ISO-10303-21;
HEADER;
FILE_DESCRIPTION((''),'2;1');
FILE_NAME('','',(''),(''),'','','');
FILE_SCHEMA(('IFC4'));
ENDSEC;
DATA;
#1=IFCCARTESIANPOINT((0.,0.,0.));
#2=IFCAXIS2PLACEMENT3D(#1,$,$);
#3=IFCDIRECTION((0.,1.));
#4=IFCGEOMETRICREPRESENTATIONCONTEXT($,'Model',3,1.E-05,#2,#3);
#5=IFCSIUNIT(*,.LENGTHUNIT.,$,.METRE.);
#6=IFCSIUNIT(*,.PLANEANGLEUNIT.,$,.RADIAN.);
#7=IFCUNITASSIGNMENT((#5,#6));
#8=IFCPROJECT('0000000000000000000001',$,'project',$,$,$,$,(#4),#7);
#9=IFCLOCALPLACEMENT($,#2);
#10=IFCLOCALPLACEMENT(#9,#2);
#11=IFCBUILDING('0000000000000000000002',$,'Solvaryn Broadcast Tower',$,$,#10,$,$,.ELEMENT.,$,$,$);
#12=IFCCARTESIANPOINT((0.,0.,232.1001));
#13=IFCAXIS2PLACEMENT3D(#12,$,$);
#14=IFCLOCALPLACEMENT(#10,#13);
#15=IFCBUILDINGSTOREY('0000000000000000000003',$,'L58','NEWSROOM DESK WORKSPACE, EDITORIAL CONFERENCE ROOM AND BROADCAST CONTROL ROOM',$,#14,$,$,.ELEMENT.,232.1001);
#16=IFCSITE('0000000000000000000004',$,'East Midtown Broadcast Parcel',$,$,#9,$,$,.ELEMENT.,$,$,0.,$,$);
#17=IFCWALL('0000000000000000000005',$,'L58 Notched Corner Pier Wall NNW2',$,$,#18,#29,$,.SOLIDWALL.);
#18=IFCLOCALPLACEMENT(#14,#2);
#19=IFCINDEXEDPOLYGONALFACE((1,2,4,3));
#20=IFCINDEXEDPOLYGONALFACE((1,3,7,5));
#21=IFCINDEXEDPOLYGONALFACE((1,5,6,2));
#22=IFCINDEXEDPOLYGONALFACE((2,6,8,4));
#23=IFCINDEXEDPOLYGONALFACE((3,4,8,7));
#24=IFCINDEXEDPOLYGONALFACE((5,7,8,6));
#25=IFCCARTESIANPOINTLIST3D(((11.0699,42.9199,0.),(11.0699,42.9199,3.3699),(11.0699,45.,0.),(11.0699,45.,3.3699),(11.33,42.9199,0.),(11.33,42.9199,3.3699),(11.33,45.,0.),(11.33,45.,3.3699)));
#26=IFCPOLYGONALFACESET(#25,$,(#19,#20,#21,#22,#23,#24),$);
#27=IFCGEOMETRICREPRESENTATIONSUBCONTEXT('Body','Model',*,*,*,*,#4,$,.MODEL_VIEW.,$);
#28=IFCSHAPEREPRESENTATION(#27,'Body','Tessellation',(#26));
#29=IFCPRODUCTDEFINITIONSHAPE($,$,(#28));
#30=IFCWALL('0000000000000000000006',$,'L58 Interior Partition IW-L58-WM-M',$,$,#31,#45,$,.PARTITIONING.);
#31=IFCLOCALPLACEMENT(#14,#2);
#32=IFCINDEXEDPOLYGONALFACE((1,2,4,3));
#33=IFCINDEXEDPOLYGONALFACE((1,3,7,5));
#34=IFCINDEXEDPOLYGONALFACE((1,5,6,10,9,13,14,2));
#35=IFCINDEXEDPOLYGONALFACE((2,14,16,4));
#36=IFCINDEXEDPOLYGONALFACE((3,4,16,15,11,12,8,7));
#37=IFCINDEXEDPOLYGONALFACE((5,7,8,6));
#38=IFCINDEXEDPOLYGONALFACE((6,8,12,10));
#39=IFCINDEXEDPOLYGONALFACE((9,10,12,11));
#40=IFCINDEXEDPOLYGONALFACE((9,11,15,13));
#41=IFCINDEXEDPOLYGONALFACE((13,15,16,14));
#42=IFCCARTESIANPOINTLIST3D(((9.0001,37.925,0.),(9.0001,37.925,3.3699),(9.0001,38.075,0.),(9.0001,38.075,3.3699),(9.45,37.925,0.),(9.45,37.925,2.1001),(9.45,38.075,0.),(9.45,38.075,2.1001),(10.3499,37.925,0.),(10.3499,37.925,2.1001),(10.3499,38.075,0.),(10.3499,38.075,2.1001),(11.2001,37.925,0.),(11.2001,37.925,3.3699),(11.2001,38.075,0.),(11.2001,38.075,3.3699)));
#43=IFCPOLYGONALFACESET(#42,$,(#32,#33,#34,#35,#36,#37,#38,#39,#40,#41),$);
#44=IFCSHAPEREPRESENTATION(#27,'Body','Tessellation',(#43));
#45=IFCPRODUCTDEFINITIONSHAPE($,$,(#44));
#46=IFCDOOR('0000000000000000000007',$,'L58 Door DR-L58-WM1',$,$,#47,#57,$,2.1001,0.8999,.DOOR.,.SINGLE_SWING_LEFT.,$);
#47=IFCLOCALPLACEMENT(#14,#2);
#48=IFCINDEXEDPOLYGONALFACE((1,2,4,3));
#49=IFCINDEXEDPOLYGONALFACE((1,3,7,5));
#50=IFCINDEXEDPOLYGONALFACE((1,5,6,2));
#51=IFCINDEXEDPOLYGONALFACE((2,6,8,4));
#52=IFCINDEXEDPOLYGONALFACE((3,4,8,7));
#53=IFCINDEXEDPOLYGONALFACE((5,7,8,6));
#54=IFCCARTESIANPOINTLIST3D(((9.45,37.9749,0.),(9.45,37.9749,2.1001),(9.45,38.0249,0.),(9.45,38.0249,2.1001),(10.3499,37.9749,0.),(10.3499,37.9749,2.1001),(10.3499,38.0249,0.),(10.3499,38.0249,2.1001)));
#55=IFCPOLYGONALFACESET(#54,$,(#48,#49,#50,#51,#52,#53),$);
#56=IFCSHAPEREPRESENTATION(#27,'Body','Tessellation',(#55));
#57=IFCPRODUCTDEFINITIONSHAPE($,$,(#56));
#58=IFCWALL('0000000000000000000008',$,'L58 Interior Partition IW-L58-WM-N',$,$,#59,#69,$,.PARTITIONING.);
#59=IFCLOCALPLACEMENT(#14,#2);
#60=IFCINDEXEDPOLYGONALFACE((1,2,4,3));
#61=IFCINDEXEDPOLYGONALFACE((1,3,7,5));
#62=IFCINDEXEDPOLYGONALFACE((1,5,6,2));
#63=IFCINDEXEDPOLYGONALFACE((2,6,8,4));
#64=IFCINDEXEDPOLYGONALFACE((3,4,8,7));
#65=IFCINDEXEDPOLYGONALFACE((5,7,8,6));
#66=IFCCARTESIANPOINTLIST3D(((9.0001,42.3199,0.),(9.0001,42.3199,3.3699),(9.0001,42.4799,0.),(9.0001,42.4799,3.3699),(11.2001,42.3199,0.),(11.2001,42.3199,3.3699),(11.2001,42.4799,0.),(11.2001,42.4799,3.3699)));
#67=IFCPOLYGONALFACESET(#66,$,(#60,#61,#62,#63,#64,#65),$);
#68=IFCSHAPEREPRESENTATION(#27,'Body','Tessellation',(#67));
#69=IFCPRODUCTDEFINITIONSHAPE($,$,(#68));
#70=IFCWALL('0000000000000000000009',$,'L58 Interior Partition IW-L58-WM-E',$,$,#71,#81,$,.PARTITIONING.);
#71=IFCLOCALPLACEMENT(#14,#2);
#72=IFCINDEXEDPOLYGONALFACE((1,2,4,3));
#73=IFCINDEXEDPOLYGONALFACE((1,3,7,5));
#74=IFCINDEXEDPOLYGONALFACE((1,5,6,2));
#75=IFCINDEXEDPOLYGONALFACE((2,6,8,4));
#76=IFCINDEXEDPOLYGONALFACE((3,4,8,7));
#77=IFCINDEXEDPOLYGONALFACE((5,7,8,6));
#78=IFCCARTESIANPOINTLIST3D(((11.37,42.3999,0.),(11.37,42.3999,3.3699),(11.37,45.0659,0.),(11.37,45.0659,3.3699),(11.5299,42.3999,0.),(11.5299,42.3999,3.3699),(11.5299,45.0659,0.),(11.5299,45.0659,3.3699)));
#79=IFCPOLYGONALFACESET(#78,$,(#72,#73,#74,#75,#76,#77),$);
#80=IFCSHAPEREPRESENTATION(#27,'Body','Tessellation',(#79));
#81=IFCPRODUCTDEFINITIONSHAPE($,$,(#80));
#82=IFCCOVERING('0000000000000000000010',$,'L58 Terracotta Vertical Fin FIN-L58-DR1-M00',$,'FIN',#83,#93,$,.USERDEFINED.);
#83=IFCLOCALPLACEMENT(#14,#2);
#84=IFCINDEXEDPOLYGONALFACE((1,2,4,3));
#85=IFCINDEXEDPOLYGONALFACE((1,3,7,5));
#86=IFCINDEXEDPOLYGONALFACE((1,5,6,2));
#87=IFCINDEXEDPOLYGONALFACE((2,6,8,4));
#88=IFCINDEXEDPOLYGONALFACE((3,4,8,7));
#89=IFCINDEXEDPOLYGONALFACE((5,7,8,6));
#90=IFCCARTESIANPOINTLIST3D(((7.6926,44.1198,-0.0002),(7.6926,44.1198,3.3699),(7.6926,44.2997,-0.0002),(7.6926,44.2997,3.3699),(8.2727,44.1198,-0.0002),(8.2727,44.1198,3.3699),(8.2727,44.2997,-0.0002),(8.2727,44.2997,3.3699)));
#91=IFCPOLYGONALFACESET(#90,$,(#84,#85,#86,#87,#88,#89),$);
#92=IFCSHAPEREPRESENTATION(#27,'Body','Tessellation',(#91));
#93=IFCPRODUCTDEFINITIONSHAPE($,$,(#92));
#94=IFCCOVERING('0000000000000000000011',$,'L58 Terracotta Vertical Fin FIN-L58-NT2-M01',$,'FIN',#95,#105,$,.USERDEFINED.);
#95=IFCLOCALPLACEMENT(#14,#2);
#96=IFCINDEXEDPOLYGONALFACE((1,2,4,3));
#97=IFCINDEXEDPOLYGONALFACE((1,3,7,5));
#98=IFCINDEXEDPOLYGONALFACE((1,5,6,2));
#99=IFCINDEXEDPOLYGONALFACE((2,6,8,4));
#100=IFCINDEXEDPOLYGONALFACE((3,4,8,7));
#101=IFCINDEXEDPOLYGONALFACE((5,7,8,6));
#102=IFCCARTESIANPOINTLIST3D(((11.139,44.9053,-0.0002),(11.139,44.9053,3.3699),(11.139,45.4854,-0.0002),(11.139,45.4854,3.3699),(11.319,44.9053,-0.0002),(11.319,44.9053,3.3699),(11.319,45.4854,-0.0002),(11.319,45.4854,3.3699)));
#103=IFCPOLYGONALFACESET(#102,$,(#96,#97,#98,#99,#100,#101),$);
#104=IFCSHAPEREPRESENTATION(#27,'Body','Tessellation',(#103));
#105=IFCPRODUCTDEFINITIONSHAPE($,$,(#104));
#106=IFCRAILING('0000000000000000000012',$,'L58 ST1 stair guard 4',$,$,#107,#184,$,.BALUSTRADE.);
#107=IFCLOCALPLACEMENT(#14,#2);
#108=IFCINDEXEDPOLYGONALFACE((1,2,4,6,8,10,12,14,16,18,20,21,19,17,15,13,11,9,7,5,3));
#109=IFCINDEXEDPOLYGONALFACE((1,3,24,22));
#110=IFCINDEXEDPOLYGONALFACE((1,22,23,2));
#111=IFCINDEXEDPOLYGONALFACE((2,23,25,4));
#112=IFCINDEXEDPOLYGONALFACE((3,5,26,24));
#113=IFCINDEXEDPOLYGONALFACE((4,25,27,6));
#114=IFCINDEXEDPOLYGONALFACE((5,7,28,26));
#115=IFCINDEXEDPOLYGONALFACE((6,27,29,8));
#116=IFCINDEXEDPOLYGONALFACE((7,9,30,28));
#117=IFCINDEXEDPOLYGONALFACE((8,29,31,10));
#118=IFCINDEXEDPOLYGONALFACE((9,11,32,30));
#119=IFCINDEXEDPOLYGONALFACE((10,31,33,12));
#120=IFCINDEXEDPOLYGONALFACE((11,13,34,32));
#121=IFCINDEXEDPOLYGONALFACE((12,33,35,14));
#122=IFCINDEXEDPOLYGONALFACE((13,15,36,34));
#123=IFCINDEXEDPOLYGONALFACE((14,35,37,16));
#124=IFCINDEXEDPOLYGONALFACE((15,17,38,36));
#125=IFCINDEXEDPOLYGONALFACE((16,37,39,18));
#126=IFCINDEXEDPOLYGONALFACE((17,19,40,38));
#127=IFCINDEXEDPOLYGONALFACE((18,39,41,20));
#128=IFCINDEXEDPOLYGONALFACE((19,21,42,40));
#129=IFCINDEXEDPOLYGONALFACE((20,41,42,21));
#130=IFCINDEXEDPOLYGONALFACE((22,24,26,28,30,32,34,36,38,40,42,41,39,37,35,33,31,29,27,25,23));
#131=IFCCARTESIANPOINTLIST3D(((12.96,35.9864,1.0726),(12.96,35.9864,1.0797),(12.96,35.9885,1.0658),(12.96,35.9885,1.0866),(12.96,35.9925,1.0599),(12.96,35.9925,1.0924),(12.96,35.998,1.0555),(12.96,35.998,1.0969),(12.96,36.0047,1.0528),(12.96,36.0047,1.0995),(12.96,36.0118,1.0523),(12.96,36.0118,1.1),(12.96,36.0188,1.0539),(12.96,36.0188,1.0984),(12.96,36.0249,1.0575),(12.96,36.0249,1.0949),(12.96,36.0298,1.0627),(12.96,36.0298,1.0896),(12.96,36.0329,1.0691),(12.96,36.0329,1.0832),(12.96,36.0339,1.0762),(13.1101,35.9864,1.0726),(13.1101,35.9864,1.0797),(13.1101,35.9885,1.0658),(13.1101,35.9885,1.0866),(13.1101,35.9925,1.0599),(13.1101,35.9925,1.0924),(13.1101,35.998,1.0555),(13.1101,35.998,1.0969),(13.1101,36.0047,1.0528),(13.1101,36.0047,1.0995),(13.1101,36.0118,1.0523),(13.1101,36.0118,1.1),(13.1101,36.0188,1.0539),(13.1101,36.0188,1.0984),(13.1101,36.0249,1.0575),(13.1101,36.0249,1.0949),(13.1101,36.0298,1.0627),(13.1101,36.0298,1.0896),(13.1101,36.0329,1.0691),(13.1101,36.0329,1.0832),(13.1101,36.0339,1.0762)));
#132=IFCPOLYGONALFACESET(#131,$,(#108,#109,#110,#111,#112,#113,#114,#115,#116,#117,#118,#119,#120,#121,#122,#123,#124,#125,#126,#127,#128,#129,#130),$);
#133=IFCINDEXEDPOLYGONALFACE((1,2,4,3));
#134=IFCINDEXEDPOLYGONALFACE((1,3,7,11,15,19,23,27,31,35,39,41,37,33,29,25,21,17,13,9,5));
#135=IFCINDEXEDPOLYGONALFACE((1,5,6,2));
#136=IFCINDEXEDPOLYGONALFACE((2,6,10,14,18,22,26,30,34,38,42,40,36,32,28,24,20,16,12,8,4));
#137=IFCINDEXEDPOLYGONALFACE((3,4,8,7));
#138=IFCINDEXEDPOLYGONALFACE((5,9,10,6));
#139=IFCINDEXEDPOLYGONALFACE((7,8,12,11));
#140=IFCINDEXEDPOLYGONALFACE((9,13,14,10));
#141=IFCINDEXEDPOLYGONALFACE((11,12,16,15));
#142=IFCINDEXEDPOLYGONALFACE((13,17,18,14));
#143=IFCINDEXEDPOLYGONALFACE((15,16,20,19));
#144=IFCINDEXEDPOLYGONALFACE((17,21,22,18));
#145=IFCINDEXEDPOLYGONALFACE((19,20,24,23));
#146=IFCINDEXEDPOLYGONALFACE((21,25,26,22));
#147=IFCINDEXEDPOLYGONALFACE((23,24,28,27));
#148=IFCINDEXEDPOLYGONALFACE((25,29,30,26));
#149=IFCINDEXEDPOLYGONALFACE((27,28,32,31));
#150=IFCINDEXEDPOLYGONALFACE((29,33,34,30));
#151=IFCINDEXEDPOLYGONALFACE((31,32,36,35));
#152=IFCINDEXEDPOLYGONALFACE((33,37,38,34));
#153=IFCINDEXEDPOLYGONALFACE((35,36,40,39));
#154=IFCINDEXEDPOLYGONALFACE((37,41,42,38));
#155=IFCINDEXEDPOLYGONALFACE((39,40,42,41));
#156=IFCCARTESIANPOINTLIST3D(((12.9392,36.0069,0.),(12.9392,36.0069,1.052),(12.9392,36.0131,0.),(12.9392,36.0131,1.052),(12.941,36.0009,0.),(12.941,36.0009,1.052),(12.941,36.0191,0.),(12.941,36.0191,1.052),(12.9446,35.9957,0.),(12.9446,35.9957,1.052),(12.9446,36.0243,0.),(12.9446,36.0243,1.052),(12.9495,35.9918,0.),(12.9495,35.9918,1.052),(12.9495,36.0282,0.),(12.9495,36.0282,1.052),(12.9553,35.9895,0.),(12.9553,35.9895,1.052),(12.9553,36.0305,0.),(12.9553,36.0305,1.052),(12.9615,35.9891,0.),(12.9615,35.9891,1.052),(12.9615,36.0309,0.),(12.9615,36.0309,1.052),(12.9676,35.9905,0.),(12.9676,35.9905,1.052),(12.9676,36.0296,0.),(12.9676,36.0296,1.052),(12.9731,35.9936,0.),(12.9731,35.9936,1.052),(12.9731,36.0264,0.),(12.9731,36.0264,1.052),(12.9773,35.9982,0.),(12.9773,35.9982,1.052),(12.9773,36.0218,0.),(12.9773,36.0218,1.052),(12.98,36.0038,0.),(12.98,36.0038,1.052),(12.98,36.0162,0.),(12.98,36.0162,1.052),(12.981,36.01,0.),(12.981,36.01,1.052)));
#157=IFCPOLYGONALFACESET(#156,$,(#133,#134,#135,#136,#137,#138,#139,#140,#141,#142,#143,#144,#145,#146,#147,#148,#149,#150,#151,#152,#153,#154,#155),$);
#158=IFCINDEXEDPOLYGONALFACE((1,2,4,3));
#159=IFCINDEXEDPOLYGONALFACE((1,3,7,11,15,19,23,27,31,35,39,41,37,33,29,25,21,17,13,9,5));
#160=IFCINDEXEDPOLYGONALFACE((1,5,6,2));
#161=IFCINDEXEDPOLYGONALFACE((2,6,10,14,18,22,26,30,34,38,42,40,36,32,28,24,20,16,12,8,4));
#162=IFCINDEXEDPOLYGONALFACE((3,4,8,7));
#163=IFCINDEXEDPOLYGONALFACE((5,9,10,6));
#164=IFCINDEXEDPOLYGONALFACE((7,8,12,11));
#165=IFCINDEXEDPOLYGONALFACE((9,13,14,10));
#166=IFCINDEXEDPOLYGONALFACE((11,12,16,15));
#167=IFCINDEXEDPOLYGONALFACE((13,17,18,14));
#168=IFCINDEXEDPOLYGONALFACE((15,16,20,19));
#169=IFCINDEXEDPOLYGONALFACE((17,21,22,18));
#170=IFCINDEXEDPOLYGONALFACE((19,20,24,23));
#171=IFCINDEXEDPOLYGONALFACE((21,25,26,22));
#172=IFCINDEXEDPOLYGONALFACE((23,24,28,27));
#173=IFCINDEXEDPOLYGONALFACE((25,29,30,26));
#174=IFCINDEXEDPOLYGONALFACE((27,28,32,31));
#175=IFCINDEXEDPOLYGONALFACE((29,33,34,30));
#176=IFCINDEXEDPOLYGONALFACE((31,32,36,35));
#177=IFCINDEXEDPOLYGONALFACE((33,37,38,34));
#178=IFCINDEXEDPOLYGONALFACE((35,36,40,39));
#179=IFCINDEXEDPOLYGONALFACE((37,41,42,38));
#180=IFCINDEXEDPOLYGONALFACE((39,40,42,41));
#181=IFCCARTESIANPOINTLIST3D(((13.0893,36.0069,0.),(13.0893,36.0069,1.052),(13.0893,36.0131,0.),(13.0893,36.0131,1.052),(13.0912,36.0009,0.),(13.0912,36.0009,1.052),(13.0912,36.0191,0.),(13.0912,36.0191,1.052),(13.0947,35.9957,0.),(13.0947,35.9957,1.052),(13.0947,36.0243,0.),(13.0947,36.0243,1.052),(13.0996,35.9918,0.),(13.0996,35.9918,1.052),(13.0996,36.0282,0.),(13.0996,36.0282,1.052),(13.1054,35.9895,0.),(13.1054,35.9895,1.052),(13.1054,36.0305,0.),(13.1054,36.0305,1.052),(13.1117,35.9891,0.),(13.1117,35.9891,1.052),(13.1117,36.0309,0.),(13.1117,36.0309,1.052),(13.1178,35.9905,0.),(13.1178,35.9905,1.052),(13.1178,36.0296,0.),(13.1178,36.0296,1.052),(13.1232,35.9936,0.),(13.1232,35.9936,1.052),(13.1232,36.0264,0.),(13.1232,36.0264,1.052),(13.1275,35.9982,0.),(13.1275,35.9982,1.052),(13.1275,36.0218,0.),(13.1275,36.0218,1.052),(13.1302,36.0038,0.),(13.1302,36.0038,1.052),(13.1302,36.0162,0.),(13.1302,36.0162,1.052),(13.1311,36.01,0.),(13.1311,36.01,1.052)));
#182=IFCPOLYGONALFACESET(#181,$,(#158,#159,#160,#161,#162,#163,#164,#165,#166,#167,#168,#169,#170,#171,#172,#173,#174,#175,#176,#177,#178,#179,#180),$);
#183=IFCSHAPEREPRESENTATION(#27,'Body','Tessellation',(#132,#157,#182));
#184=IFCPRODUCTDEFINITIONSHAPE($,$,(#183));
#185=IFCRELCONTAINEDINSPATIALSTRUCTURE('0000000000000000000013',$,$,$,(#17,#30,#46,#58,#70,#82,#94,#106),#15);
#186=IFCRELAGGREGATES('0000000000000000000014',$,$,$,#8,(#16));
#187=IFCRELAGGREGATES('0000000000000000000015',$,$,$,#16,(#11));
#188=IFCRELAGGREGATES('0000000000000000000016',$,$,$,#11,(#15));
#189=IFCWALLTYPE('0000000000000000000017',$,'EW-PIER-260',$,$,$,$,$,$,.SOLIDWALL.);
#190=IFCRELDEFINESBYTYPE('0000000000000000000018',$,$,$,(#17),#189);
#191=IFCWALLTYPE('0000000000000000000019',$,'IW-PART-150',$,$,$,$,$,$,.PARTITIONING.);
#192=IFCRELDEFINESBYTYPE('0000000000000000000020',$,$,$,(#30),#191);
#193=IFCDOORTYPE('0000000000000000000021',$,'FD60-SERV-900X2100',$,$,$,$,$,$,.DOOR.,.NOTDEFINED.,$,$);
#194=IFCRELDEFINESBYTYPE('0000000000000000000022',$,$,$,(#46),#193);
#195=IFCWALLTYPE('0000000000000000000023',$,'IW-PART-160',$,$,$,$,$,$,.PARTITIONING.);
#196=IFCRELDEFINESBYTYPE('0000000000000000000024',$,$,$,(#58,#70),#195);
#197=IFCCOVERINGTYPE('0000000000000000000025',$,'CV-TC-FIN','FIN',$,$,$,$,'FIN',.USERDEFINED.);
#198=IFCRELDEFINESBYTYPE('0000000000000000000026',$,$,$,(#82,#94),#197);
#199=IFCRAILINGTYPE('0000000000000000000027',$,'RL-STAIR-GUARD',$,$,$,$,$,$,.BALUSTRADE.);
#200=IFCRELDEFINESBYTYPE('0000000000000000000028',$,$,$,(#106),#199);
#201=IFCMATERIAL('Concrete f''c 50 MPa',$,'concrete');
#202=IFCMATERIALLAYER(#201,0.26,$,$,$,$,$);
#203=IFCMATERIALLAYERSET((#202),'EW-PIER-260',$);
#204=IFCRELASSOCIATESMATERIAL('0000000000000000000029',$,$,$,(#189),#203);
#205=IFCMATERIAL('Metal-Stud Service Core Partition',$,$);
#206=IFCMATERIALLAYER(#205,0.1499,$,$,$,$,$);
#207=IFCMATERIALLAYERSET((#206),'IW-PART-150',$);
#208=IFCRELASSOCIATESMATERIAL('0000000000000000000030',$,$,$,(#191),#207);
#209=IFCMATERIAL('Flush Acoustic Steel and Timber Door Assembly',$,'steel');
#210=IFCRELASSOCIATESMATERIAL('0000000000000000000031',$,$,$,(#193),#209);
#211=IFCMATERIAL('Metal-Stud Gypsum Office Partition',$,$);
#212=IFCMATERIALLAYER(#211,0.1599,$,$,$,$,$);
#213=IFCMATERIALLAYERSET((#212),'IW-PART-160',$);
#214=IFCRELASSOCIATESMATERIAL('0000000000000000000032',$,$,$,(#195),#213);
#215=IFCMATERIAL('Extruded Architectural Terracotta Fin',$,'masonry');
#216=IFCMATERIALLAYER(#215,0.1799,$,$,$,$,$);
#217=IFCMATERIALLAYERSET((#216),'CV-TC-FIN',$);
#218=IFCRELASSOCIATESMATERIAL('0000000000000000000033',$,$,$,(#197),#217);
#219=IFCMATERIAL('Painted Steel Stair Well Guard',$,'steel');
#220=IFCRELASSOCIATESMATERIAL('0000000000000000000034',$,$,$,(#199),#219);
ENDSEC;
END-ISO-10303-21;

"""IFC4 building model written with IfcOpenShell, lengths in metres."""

from ifc_helpers import new_model, si_unit, direction, frame, frame_2d, origin, origin_2d, place, context, subcontext, project, spatial, rectangle, circle, extrude, material, layer, layer_set, type_object, element, fill, save


model = new_model("IFC4")

# Units and contexts
model_context = context("Model", 3, precision=1e-05, world=origin(), true_north=direction((0.0, 1.0)))
body_context = subcontext(model_context, "Body", "Model", "MODEL_VIEW")
ifc_project = project(units=[si_unit("LENGTHUNIT", "METRE"), si_unit("PLANEANGLEUNIT", "RADIAN")], contexts=[model_context])

# Site, building, storey
site_placement = place(None, origin())
site = spatial("IfcSite", under=ifc_project, at=site_placement, Name="East Midtown Broadcast Parcel", CompositionType="ELEMENT", RefElevation=0.0)
building_placement = place(site_placement, origin())
building = spatial("IfcBuilding", under=site, at=building_placement, Name="Solvaryn Broadcast Tower", CompositionType="ELEMENT")
storey_placement = place(building_placement, frame((0.0, 0.0, 232.1001)))
storey = spatial("IfcBuildingStorey", under=building, at=storey_placement, Name="L58", Description="NEWSROOM DESK WORKSPACE, EDITORIAL CONFERENCE ROOM AND BROADCAST CONTROL ROOM", CompositionType="ELEMENT", Elevation=232.1001)

# Wall
ifc_material_1 = material(Name="Concrete f'c 50 MPa", Category="concrete")
ifc_layer_1 = layer(ifc_material_1, 0.26)
ifc_layer_set_1 = layer_set([ifc_layer_1], Name="EW-PIER-260")
wall_type_1 = type_object("IfcWallType", Name="EW-PIER-260", PredefinedType="SOLIDWALL", material=ifc_layer_set_1)
wall_1_placement = place(storey_placement, frame((11.2, 42.9199, 0.0), z_axis=(0.0, 0.0, 1.0), x_axis=(0.0, 1.0, 0.0)))
element("IfcWall", 1, at=wall_1_placement, inside=storey, type_object=wall_type_1, Name="L58 Notched Corner Pier Wall NNW2", PredefinedType="SOLIDWALL", context=body_context, shape_type="SweptSolid", body=[
    extrude(rectangle(XDim=2.0801, YDim=0.26, at=frame_2d((1.04, 0.0))), origin(), (0.0, 0.0, 1.0), 3.3699),
])

# Wall, opening, door
ifc_material_2 = material(Name="Metal-Stud Service Core Partition")
ifc_layer_2 = layer(ifc_material_2, 0.1499)
ifc_layer_set_2 = layer_set([ifc_layer_2], Name="IW-PART-150")
wall_type_2 = type_object("IfcWallType", Name="IW-PART-150", PredefinedType="PARTITIONING", material=ifc_layer_set_2)
wall_2_placement = place(storey_placement, frame((9.0, 38.0, 0.0), z_axis=(0.0, 0.0, 1.0), x_axis=(1.0, 0.0, 0.0)))
wall_2 = element("IfcWall", 2, at=wall_2_placement, inside=storey, type_object=wall_type_2, Name="L58 Interior Partition IW-L58-WM-M", PredefinedType="PARTITIONING", context=body_context, shape_type="SweptSolid", body=[
    extrude(rectangle(XDim=2.2, YDim=0.1499, at=frame_2d((1.1001, 0.0))), origin(), (0.0, 0.0, 1.0), 3.3699),
])
opening_placement = place(wall_2_placement, frame((0.45, 0.0, 0.0)))
opening = element("IfcOpeningElement", 3, at=opening_placement, cuts=wall_2, PredefinedType="OPENING", context=body_context, shape_type="SweptSolid", body=[
    extrude(rectangle(XDim=0.8999, YDim=2.1001, at=frame_2d((0.45, 1.05))), frame((0.0, 0.085, 0.0), z_axis=(0.0, -1.0, 0.0), x_axis=(1.0, 0.0, 0.0)), (0.0, 0.0, 1.0), 0.1699),
])
ifc_material_3 = material(Name="Flush Acoustic Steel and Timber Door Assembly", Category="steel")
door_type = type_object("IfcDoorType", Name="FD60-SERV-900X2100", OperationType="NOTDEFINED", PredefinedType="DOOR", material=ifc_material_3)
door_placement = place(opening_placement, origin())
door = element("IfcDoor", 4, at=door_placement, inside=storey, type_object=door_type, Name="L58 Door DR-L58-WM1", OperationType="SINGLE_SWING_LEFT", OverallHeight=2.1001, OverallWidth=0.8999, PredefinedType="DOOR", context=body_context, shape_type="SweptSolid", body=[
    extrude(rectangle(XDim=0.8999, YDim=2.1001, at=frame_2d((0.45, 1.05))), frame((0.0, 0.0249, 0.0), z_axis=(0.0, -1.0, 0.0), x_axis=(1.0, 0.0, 0.0)), (0.0, 0.0, 1.0), 0.05),
])
fill(opening, door)

# Walls
ifc_material_4 = material(Name="Metal-Stud Gypsum Office Partition")
ifc_layer_3 = layer(ifc_material_4, 0.1599)
ifc_layer_set_3 = layer_set([ifc_layer_3], Name="IW-PART-160")
wall_type_3 = type_object("IfcWallType", Name="IW-PART-160", PredefinedType="PARTITIONING", material=ifc_layer_set_3)
wall_3_placement = place(storey_placement, frame((9.0, 42.3999, 0.0), z_axis=(0.0, 0.0, 1.0), x_axis=(1.0, 0.0, 0.0)))
element("IfcWall", 5, at=wall_3_placement, inside=storey, type_object=wall_type_3, Name="L58 Interior Partition IW-L58-WM-N", PredefinedType="PARTITIONING", context=body_context, shape_type="SweptSolid", body=[
    extrude(rectangle(XDim=2.2, YDim=0.1599, at=frame_2d((1.1001, 0.0))), origin(), (0.0, 0.0, 1.0), 3.3699),
])
wall_4_placement = place(storey_placement, frame((11.45, 42.3999, 0.0), z_axis=(0.0, 0.0, 1.0), x_axis=(0.0, 1.0, 0.0)))
element("IfcWall", 6, at=wall_4_placement, inside=storey, type_object=wall_type_3, Name="L58 Interior Partition IW-L58-WM-E", PredefinedType="PARTITIONING", context=body_context, shape_type="SweptSolid", body=[
    extrude(rectangle(XDim=2.666, YDim=0.1599, at=frame_2d((1.333, 0.0))), origin(), (0.0, 0.0, 1.0), 3.3699),
])

# Coverings
ifc_material_5 = material(Name="Extruded Architectural Terracotta Fin", Category="masonry")
ifc_layer_4 = layer(ifc_material_5, 0.1799)
ifc_layer_set_4 = layer_set([ifc_layer_4], Name="CV-TC-FIN")
covering_type = type_object("IfcCoveringType", Name="CV-TC-FIN", Description="FIN", ElementType="FIN", PredefinedType="USERDEFINED", material=ifc_layer_set_4)
covering_1_placement = place(storey_placement, frame((7.9827, 44.2097, -0.0002), z_axis=(0.0, 0.0, 1.0), x_axis=(1.0, 0.0, 0.0)))
element("IfcCovering", 7, at=covering_1_placement, inside=storey, type_object=covering_type, Name="L58 Terracotta Vertical Fin FIN-L58-DR1-M00", ObjectType="FIN", PredefinedType="USERDEFINED", context=body_context, shape_type="SweptSolid", body=[
    extrude(rectangle(XDim=0.5801, YDim=0.1799, at=origin_2d()), origin(), (0.0, 0.0, 1.0), 3.3701),
])
covering_2_placement = place(storey_placement, frame((11.229, 45.1953, -0.0002), z_axis=(0.0, 0.0, 1.0), x_axis=(1.0, 0.0, 0.0)))
element("IfcCovering", 8, at=covering_2_placement, inside=storey, type_object=covering_type, Name="L58 Terracotta Vertical Fin FIN-L58-NT2-M01", ObjectType="FIN", PredefinedType="USERDEFINED", context=body_context, shape_type="SweptSolid", body=[
    extrude(rectangle(XDim=0.1799, YDim=0.5801, at=origin_2d()), origin(), (0.0, 0.0, 1.0), 3.3701),
])

# Railing
ifc_material_6 = material(Name="Painted Steel Stair Well Guard", Category="steel")
railing_type_1 = type_object("IfcRailingType", Name="RL-STAIR-GUARD", PredefinedType="BALUSTRADE", material=ifc_material_6)
railing_1_placement = place(storey_placement, frame((12.96, 36.01, 0.0)))
element("IfcRailing", 9, at=railing_1_placement, inside=storey, type_object=railing_type_1, Name="L58 ST1 stair guard 4", PredefinedType="BALUSTRADE", context=body_context, shape_type="SweptSolid", body=[
    extrude(circle(Radius=0.0239, at=origin_2d()), frame((0.0, 0.0, 1.0762), z_axis=(1.0, 0.0, 0.0), x_axis=(0.0, 1.0, 0.0)), (0.0, 0.0, 1.0), 0.1501),
    extrude(circle(Radius=0.021, at=origin_2d()), origin(), (0.0, 0.0, 1.0), 1.052),
    extrude(circle(Radius=0.021, at=origin_2d()), frame((0.1501, 0.0, 0.0)), (0.0, 0.0, 1.0), 1.052),
])

save(model, "model.ifc")
